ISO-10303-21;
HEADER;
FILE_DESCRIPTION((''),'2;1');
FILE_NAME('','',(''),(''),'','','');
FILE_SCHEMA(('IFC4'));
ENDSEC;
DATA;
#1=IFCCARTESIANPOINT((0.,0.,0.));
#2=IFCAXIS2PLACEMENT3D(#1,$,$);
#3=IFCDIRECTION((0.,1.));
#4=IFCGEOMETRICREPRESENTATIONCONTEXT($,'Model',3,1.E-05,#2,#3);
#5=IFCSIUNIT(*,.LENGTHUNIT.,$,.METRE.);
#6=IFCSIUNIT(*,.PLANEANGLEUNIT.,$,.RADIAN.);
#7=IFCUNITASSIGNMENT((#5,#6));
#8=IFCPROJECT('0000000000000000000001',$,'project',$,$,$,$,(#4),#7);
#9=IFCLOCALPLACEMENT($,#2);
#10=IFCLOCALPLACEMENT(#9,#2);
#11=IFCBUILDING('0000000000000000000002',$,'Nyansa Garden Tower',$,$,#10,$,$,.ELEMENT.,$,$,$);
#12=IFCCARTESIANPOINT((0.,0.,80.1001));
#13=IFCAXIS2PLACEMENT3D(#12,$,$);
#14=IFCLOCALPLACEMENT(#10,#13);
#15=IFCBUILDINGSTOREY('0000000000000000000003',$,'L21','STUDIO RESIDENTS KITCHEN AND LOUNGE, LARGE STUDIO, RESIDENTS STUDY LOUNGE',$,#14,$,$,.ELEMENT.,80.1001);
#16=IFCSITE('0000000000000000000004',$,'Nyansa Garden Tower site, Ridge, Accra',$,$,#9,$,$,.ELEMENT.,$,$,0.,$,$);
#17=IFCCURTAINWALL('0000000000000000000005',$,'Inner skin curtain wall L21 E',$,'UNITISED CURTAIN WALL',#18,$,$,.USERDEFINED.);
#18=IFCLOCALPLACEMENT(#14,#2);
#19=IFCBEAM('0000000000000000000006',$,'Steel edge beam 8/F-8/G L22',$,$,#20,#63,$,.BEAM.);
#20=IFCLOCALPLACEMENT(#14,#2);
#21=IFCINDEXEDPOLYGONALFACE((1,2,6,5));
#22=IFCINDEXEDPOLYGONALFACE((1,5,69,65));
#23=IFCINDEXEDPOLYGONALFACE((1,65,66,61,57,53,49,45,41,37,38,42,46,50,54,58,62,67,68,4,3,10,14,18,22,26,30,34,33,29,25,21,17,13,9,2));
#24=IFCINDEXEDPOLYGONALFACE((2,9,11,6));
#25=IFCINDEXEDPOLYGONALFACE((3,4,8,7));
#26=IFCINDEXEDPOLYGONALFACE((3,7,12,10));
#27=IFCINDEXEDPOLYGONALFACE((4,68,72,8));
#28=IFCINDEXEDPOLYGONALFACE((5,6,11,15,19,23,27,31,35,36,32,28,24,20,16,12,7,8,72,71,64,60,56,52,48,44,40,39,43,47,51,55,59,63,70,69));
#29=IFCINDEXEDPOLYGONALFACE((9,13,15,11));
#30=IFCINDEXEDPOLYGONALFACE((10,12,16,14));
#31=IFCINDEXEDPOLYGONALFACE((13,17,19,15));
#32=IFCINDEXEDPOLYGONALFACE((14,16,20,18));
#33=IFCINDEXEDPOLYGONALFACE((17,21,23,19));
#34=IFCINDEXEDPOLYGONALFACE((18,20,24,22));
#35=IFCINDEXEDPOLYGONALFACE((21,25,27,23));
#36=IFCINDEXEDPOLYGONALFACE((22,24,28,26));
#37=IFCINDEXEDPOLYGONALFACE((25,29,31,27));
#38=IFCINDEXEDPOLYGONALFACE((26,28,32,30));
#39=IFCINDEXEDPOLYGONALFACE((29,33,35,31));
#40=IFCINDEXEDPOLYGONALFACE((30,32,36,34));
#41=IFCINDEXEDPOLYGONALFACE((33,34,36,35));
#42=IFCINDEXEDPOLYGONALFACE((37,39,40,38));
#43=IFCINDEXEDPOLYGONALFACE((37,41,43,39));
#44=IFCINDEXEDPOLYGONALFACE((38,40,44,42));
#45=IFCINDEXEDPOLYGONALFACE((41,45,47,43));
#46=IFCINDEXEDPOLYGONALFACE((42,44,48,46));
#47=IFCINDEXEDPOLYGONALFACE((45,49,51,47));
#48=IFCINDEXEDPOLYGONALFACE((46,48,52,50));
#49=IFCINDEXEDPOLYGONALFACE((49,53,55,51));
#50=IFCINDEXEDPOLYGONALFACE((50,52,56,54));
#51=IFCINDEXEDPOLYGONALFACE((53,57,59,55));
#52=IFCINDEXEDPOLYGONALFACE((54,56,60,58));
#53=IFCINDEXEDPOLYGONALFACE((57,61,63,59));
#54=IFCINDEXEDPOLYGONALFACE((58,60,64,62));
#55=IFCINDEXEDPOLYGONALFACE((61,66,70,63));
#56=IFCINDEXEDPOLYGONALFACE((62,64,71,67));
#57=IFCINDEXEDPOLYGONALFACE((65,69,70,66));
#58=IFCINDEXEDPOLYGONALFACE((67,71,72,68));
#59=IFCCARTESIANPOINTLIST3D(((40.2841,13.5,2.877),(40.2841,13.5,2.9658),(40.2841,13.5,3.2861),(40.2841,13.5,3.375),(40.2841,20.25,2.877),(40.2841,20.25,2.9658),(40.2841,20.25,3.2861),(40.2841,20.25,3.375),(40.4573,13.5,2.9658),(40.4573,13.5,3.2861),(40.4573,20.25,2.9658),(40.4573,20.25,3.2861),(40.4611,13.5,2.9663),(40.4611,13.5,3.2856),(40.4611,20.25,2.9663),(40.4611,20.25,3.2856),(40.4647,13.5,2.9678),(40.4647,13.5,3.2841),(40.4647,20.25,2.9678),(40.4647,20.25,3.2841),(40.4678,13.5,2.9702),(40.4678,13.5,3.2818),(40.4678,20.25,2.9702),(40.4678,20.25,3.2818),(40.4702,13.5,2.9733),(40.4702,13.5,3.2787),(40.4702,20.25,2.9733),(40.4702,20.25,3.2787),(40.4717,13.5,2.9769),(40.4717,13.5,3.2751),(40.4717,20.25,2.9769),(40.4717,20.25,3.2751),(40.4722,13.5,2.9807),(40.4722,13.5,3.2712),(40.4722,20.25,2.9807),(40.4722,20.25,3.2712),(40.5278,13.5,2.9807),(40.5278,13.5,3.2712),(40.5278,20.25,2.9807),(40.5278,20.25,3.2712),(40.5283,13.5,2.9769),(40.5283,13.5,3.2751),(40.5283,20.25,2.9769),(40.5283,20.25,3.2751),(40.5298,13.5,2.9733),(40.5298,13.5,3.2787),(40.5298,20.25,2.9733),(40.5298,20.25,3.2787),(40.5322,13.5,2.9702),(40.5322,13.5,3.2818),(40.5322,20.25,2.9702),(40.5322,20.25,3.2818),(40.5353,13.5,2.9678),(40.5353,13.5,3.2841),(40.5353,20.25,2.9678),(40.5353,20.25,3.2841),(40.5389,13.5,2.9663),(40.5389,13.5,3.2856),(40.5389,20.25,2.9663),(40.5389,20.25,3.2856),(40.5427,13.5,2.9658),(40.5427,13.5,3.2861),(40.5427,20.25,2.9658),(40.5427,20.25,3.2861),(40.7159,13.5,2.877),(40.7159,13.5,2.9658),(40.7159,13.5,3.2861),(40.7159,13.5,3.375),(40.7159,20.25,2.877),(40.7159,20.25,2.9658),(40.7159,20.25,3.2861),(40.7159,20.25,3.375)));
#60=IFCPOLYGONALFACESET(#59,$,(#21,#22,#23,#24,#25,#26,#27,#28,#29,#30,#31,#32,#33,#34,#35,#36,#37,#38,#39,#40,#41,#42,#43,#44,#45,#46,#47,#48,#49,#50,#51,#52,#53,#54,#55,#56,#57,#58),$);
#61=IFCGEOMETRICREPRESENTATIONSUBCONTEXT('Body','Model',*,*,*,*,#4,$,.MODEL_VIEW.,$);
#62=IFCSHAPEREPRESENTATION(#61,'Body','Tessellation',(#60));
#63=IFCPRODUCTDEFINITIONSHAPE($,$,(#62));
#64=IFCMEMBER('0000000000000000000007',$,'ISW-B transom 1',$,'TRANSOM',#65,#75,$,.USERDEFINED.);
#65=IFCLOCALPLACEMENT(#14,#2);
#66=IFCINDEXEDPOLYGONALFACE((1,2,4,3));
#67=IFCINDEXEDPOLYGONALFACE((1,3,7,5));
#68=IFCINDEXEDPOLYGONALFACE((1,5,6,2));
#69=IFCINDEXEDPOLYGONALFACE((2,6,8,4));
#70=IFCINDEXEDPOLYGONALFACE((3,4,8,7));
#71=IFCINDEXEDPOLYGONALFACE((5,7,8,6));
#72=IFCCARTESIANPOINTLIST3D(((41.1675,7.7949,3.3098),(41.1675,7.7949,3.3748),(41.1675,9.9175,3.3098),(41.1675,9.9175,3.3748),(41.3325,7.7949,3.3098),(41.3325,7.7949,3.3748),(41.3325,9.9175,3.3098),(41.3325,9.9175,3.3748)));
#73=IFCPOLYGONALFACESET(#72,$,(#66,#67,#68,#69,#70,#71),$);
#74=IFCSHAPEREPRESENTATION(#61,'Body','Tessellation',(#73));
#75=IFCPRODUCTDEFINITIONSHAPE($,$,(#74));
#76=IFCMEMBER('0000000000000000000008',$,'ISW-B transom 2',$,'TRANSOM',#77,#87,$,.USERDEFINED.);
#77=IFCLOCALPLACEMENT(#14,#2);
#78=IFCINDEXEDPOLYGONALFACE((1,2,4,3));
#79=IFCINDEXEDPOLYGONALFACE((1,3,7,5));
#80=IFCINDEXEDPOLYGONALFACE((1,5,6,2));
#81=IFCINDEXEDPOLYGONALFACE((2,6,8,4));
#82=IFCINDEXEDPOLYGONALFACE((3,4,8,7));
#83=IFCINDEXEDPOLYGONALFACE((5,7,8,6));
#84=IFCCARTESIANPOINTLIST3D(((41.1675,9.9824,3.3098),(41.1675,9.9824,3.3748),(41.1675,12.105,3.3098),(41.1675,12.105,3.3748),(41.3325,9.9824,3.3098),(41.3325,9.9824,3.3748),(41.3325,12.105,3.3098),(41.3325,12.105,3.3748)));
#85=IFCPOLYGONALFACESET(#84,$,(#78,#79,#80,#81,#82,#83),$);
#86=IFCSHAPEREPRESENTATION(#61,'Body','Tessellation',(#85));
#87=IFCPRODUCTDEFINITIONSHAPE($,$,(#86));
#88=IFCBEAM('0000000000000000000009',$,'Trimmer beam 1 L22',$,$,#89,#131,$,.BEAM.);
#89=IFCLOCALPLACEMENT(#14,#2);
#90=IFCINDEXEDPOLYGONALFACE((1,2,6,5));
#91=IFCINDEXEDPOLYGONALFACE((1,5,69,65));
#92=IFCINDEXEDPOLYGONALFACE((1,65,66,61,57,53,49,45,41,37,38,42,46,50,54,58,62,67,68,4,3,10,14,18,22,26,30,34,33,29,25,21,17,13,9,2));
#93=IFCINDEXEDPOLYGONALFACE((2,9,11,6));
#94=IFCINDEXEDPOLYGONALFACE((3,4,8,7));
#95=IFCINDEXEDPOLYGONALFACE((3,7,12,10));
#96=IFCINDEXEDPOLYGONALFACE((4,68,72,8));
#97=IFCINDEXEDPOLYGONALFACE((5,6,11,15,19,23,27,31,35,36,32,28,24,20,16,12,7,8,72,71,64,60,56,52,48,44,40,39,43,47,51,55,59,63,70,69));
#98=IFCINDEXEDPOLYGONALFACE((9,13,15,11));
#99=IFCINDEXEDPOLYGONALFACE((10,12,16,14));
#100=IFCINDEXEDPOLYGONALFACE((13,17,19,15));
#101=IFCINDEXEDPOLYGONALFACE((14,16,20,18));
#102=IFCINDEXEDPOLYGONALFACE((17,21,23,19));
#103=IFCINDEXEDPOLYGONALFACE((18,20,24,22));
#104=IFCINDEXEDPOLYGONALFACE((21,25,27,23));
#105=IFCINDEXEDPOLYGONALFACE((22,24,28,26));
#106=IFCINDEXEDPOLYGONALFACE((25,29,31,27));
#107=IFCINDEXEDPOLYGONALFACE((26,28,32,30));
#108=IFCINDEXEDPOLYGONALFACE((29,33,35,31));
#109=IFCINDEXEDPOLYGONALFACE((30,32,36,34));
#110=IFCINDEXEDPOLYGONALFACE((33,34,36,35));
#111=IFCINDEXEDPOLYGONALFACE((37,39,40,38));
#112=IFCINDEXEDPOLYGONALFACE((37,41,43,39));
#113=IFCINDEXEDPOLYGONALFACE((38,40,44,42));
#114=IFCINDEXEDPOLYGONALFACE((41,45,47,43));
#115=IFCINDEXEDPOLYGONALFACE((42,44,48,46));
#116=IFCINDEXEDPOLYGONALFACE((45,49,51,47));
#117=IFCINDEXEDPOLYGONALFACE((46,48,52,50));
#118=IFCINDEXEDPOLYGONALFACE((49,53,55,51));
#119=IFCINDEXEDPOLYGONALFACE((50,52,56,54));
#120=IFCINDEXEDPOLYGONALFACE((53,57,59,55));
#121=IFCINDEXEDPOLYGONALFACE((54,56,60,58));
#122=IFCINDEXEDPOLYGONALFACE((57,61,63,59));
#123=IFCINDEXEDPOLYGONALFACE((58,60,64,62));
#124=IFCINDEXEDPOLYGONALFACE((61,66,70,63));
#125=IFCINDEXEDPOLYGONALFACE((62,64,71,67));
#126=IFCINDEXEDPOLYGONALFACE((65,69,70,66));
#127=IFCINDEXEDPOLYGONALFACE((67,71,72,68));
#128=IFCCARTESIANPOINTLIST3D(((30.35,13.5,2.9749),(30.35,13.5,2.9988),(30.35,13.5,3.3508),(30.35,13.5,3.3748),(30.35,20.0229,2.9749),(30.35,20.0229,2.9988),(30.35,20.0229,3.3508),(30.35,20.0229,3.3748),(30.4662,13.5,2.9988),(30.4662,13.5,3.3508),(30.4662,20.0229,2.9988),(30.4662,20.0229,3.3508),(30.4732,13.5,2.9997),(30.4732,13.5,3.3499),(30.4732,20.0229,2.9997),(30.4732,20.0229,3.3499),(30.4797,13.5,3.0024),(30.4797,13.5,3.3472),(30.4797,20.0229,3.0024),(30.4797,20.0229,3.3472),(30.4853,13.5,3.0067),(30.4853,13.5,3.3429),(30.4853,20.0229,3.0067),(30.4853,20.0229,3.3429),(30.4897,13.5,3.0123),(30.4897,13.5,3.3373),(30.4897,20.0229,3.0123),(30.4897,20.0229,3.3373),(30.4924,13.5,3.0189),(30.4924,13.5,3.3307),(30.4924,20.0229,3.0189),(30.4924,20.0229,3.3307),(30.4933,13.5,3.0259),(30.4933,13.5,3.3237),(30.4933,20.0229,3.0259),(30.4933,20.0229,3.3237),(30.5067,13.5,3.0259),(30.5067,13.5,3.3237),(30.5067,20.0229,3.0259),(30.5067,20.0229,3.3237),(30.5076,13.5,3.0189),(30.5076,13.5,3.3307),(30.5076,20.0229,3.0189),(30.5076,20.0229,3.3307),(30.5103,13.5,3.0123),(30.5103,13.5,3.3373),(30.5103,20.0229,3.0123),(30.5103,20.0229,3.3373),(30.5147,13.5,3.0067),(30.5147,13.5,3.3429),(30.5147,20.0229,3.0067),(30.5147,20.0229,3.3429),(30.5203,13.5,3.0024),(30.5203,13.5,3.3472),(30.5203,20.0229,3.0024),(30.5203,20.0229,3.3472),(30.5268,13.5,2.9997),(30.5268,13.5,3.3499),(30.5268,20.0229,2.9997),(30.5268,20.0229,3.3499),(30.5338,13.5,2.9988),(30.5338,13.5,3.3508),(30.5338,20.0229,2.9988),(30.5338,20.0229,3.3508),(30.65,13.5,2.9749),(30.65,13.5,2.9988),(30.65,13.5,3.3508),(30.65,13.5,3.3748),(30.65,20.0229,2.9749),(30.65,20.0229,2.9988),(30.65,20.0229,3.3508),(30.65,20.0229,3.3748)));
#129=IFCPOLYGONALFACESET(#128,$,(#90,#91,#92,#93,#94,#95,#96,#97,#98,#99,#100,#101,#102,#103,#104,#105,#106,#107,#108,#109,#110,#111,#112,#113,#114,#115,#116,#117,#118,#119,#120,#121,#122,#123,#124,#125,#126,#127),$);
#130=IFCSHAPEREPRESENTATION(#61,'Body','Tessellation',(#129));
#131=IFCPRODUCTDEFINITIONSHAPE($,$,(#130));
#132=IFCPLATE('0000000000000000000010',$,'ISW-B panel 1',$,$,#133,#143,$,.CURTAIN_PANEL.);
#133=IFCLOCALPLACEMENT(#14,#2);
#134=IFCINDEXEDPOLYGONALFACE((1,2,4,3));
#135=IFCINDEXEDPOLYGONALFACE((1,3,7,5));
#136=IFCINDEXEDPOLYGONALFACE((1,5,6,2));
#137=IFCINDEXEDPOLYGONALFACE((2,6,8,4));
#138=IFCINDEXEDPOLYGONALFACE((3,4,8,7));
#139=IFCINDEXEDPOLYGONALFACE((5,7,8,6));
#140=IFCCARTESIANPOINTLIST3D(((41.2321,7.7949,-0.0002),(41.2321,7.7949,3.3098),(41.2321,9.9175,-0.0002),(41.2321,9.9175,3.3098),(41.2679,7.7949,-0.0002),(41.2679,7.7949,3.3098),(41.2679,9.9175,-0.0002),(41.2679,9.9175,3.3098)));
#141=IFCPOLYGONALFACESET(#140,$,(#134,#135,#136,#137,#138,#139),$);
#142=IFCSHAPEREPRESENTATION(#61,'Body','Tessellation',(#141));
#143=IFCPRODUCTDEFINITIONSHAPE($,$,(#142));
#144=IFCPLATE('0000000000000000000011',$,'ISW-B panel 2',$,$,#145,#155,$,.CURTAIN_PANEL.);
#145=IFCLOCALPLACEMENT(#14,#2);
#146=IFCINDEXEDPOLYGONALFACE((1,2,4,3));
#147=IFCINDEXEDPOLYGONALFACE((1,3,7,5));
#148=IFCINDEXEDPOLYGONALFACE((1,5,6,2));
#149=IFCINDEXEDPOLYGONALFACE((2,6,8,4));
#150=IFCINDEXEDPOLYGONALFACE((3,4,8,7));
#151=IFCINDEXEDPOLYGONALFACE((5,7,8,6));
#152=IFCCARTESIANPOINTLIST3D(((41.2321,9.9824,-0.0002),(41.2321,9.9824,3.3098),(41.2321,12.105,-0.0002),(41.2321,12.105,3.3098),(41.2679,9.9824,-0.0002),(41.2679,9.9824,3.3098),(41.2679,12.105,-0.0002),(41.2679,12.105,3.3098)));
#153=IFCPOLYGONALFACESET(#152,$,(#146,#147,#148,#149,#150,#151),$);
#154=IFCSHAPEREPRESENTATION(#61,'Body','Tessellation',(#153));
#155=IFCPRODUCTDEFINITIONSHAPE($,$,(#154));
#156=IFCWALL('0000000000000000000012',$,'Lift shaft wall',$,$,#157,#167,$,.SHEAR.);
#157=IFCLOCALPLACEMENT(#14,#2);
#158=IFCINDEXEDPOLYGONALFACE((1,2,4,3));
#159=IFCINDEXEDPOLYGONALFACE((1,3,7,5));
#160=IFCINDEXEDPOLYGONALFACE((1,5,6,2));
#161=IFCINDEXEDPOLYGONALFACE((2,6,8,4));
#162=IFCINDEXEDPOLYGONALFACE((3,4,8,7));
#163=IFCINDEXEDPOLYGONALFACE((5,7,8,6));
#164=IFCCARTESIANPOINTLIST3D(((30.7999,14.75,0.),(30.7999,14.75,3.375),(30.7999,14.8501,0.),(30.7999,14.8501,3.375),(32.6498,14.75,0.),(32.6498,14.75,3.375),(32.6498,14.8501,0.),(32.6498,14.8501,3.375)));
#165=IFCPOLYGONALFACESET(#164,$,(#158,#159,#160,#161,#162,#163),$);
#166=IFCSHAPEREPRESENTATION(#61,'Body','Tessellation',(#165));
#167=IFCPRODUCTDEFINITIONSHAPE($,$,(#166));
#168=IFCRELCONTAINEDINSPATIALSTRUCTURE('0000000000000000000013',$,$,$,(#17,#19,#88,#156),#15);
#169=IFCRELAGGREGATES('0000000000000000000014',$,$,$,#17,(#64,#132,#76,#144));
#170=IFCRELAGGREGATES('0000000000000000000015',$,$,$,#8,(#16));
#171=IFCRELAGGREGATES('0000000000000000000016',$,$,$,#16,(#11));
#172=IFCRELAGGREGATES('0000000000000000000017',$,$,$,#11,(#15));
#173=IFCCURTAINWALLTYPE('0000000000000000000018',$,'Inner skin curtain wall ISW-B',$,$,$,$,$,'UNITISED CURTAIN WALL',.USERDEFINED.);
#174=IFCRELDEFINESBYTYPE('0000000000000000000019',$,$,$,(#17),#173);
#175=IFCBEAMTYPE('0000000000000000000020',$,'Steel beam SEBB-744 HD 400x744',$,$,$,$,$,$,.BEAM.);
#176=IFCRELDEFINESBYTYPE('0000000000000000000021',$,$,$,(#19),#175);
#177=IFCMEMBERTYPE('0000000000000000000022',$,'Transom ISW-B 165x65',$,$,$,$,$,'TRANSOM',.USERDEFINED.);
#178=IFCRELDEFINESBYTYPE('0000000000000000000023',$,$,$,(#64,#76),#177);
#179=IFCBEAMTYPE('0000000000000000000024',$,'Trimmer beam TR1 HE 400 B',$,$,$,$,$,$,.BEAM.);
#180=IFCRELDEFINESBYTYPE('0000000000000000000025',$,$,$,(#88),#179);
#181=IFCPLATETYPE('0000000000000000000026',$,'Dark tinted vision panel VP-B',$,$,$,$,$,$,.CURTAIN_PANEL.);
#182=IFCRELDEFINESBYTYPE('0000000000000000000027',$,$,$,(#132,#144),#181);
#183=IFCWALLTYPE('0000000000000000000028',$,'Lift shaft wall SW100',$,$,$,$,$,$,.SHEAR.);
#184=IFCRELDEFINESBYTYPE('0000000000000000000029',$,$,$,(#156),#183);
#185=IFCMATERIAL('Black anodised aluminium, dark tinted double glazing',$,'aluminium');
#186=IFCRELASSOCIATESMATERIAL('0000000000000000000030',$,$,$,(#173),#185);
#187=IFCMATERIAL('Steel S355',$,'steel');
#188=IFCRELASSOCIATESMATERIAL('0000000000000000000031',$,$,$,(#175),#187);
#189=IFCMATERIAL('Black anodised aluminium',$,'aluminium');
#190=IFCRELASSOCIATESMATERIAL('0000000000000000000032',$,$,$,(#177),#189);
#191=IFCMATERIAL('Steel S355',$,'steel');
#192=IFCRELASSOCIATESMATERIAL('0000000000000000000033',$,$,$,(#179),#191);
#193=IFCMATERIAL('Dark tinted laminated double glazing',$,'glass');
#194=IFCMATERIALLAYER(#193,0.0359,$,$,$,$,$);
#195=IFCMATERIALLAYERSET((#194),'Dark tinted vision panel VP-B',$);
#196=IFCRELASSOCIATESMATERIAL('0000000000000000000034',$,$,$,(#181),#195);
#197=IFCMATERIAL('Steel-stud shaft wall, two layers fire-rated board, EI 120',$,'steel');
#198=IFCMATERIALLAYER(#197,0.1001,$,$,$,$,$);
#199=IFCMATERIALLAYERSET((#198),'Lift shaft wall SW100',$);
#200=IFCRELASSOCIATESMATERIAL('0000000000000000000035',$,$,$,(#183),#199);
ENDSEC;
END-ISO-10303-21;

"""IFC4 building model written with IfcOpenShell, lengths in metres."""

from ifc_helpers import new_model, si_unit, direction, frame, frame_2d, origin, origin_2d, place, context, subcontext, project, spatial, rectangle, i_section, extrude, material, layer, layer_set, material_profile, profile_set, type_object, element, aggregate, save


model = new_model("IFC4")

# Units and contexts
model_context = context("Model", 3, precision=1e-05, world=origin(), true_north=direction((0.0, 1.0)))
body_context = subcontext(model_context, "Body", "Model", "MODEL_VIEW")
ifc_project = project(units=[si_unit("LENGTHUNIT", "METRE"), si_unit("PLANEANGLEUNIT", "RADIAN")], contexts=[model_context])

# Site, building, storey
site_placement = place(None, origin())
site = spatial("IfcSite", under=ifc_project, at=site_placement, Name="Nyansa Garden Tower site, Ridge, Accra", CompositionType="ELEMENT", RefElevation=0.0)
building_placement = place(site_placement, origin())
building = spatial("IfcBuilding", under=site, at=building_placement, Name="Nyansa Garden Tower", CompositionType="ELEMENT")
storey_placement = place(building_placement, frame((0.0, 0.0, 80.1001)))
storey = spatial("IfcBuildingStorey", under=building, at=storey_placement, Name="L21", Description="STUDIO RESIDENTS KITCHEN AND LOUNGE, LARGE STUDIO, RESIDENTS STUDY LOUNGE", CompositionType="ELEMENT", Elevation=80.1001)

# Curtain wall
ifc_material_1 = material(Name="Black anodised aluminium, dark tinted double glazing", Category="aluminium")
curtain_wall_type = type_object("IfcCurtainWallType", Name="Inner skin curtain wall ISW-B", ElementType="UNITISED CURTAIN WALL", PredefinedType="USERDEFINED", material=ifc_material_1)
curtain_wall_placement = place(storey_placement, origin())
curtain_wall = element("IfcCurtainWall", 1, at=curtain_wall_placement, inside=storey, type_object=curtain_wall_type, Name="Inner skin curtain wall L21 E", ObjectType="UNITISED CURTAIN WALL", PredefinedType="USERDEFINED")

# Beam
ifc_material_2 = material(Name="Steel S355", Category="steel")
ifc_material_profile_1 = material_profile(ifc_material_2, i_section(OverallWidth=0.4319, OverallDepth=0.498, WebThickness=0.0557, FlangeThickness=0.0889, FilletRadius=0.0149, at=origin_2d()), Name="HD 400x744")
ifc_profile_set_1 = profile_set([ifc_material_profile_1], Name="Steel S355")
beam_type_1 = type_object("IfcBeamType", Name="Steel beam SEBB-744 HD 400x744", PredefinedType="BEAM", material=ifc_profile_set_1)
beam_1_placement = place(storey_placement, frame((40.5, 13.5, 3.126), z_axis=(0.0, 1.0, 0.0), x_axis=(-1.0, 0.0, 0.0)))
element("IfcBeam", 2, at=beam_1_placement, inside=storey, type_object=beam_type_1, Name="Steel edge beam 8/F-8/G L22", PredefinedType="BEAM", context=body_context, shape_type="SweptSolid", body=[
    extrude(i_section(OverallWidth=0.4319, OverallDepth=0.498, WebThickness=0.0557, FlangeThickness=0.0889, FilletRadius=0.0149, at=origin_2d()), origin(), (0.0, 0.0, 1.0), 6.75),
])

# Members
ifc_material_3 = material(Name="Black anodised aluminium", Category="aluminium")
ifc_material_profile_2 = material_profile(ifc_material_3, rectangle(XDim=0.165, YDim=0.0649, at=origin_2d()), Name="Transom 165x65")
ifc_profile_set_2 = profile_set([ifc_material_profile_2], Name="Black anodised aluminium")
member_type_1 = type_object("IfcMemberType", Name="Transom ISW-B 165x65", ElementType="TRANSOM", PredefinedType="USERDEFINED", material=ifc_profile_set_2)
member_1_placement = place(storey_placement, frame((41.25, 7.7949, 3.3423), z_axis=(0.0, 1.0, 0.0), x_axis=(-1.0, 0.0, 0.0)))
member_1 = element("IfcMember", 3, at=member_1_placement, type_object=member_type_1, Name="ISW-B transom 1", ObjectType="TRANSOM", PredefinedType="USERDEFINED", context=body_context, shape_type="SweptSolid", body=[
    extrude(rectangle(XDim=0.165, YDim=0.0649, at=origin_2d()), origin(), (0.0, 0.0, 1.0), 2.1226),
])
member_2_placement = place(storey_placement, frame((41.25, 9.9824, 3.3423), z_axis=(0.0, 1.0, 0.0), x_axis=(-1.0, 0.0, 0.0)))
member_2 = element("IfcMember", 4, at=member_2_placement, type_object=member_type_1, Name="ISW-B transom 2", ObjectType="TRANSOM", PredefinedType="USERDEFINED", context=body_context, shape_type="SweptSolid", body=[
    extrude(rectangle(XDim=0.165, YDim=0.0649, at=origin_2d()), origin(), (0.0, 0.0, 1.0), 2.1226),
])

# Beam
ifc_material_4 = material(Name="Steel S355", Category="steel")
ifc_material_profile_3 = material_profile(ifc_material_4, i_section(OverallWidth=0.3, OverallDepth=0.3999, WebThickness=0.0134, FlangeThickness=0.0239, FilletRadius=0.0271, at=origin_2d()), Name="HE 400 B")
ifc_profile_set_3 = profile_set([ifc_material_profile_3], Name="Steel S355")
beam_type_2 = type_object("IfcBeamType", Name="Trimmer beam TR1 HE 400 B", PredefinedType="BEAM", material=ifc_profile_set_3)
beam_2_placement = place(storey_placement, frame((30.5, 13.5, 3.1748), z_axis=(0.0, 1.0, 0.0), x_axis=(-1.0, 0.0, 0.0)))
element("IfcBeam", 5, at=beam_2_placement, inside=storey, type_object=beam_type_2, Name="Trimmer beam 1 L22", PredefinedType="BEAM", context=body_context, shape_type="SweptSolid", body=[
    extrude(i_section(OverallWidth=0.3, OverallDepth=0.3999, WebThickness=0.0134, FlangeThickness=0.0239, FilletRadius=0.0271, at=origin_2d()), origin(), (0.0, 0.0, 1.0), 6.5229),
])

# Plates
ifc_material_5 = material(Name="Dark tinted laminated double glazing", Category="glass")
ifc_layer_1 = layer(ifc_material_5, 0.0359)
ifc_layer_set_1 = layer_set([ifc_layer_1], Name="Dark tinted vision panel VP-B")
plate_type = type_object("IfcPlateType", Name="Dark tinted vision panel VP-B", PredefinedType="CURTAIN_PANEL", material=ifc_layer_set_1)
plate_1_placement = place(storey_placement, frame((41.25, 8.8562, -0.0002), z_axis=(0.0, 0.0, 1.0), x_axis=(0.0, 1.0, 0.0)))
plate_1 = element("IfcPlate", 6, at=plate_1_placement, type_object=plate_type, Name="ISW-B panel 1", PredefinedType="CURTAIN_PANEL", context=body_context, shape_type="SweptSolid", body=[
    extrude(rectangle(XDim=2.1226, YDim=0.0359, at=origin_2d()), origin(), (0.0, 0.0, 1.0), 3.3101),
])
plate_2_placement = place(storey_placement, frame((41.25, 11.0437, -0.0002), z_axis=(0.0, 0.0, 1.0), x_axis=(0.0, 1.0, 0.0)))
plate_2 = element("IfcPlate", 7, at=plate_2_placement, type_object=plate_type, Name="ISW-B panel 2", PredefinedType="CURTAIN_PANEL", context=body_context, shape_type="SweptSolid", body=[
    extrude(rectangle(XDim=2.1226, YDim=0.0359, at=origin_2d()), origin(), (0.0, 0.0, 1.0), 3.3101),
])
aggregate(curtain_wall, [member_1, plate_1, member_2, plate_2])

# Wall
ifc_material_6 = material(Name="Steel-stud shaft wall, two layers fire-rated board, EI 120", Category="steel")
ifc_layer_2 = layer(ifc_material_6, 0.1001)
ifc_layer_set_2 = layer_set([ifc_layer_2], Name="Lift shaft wall SW100")
wall_type_1 = type_object("IfcWallType", Name="Lift shaft wall SW100", PredefinedType="SHEAR", material=ifc_layer_set_2)
wall_1_placement = place(storey_placement, frame((30.8, 14.8, 0.0), z_axis=(0.0, 0.0, 1.0), x_axis=(1.0, 0.0, 0.0)))
element("IfcWall", 8, at=wall_1_placement, inside=storey, type_object=wall_type_1, Name="Lift shaft wall", PredefinedType="SHEAR", context=body_context, shape_type="SweptSolid", body=[
    extrude(rectangle(XDim=1.8499, YDim=0.1001, at=frame_2d((0.9248, 0.0))), origin(), (0.0, 0.0, 1.0), 3.375),
])

save(model, "model.ifc")
